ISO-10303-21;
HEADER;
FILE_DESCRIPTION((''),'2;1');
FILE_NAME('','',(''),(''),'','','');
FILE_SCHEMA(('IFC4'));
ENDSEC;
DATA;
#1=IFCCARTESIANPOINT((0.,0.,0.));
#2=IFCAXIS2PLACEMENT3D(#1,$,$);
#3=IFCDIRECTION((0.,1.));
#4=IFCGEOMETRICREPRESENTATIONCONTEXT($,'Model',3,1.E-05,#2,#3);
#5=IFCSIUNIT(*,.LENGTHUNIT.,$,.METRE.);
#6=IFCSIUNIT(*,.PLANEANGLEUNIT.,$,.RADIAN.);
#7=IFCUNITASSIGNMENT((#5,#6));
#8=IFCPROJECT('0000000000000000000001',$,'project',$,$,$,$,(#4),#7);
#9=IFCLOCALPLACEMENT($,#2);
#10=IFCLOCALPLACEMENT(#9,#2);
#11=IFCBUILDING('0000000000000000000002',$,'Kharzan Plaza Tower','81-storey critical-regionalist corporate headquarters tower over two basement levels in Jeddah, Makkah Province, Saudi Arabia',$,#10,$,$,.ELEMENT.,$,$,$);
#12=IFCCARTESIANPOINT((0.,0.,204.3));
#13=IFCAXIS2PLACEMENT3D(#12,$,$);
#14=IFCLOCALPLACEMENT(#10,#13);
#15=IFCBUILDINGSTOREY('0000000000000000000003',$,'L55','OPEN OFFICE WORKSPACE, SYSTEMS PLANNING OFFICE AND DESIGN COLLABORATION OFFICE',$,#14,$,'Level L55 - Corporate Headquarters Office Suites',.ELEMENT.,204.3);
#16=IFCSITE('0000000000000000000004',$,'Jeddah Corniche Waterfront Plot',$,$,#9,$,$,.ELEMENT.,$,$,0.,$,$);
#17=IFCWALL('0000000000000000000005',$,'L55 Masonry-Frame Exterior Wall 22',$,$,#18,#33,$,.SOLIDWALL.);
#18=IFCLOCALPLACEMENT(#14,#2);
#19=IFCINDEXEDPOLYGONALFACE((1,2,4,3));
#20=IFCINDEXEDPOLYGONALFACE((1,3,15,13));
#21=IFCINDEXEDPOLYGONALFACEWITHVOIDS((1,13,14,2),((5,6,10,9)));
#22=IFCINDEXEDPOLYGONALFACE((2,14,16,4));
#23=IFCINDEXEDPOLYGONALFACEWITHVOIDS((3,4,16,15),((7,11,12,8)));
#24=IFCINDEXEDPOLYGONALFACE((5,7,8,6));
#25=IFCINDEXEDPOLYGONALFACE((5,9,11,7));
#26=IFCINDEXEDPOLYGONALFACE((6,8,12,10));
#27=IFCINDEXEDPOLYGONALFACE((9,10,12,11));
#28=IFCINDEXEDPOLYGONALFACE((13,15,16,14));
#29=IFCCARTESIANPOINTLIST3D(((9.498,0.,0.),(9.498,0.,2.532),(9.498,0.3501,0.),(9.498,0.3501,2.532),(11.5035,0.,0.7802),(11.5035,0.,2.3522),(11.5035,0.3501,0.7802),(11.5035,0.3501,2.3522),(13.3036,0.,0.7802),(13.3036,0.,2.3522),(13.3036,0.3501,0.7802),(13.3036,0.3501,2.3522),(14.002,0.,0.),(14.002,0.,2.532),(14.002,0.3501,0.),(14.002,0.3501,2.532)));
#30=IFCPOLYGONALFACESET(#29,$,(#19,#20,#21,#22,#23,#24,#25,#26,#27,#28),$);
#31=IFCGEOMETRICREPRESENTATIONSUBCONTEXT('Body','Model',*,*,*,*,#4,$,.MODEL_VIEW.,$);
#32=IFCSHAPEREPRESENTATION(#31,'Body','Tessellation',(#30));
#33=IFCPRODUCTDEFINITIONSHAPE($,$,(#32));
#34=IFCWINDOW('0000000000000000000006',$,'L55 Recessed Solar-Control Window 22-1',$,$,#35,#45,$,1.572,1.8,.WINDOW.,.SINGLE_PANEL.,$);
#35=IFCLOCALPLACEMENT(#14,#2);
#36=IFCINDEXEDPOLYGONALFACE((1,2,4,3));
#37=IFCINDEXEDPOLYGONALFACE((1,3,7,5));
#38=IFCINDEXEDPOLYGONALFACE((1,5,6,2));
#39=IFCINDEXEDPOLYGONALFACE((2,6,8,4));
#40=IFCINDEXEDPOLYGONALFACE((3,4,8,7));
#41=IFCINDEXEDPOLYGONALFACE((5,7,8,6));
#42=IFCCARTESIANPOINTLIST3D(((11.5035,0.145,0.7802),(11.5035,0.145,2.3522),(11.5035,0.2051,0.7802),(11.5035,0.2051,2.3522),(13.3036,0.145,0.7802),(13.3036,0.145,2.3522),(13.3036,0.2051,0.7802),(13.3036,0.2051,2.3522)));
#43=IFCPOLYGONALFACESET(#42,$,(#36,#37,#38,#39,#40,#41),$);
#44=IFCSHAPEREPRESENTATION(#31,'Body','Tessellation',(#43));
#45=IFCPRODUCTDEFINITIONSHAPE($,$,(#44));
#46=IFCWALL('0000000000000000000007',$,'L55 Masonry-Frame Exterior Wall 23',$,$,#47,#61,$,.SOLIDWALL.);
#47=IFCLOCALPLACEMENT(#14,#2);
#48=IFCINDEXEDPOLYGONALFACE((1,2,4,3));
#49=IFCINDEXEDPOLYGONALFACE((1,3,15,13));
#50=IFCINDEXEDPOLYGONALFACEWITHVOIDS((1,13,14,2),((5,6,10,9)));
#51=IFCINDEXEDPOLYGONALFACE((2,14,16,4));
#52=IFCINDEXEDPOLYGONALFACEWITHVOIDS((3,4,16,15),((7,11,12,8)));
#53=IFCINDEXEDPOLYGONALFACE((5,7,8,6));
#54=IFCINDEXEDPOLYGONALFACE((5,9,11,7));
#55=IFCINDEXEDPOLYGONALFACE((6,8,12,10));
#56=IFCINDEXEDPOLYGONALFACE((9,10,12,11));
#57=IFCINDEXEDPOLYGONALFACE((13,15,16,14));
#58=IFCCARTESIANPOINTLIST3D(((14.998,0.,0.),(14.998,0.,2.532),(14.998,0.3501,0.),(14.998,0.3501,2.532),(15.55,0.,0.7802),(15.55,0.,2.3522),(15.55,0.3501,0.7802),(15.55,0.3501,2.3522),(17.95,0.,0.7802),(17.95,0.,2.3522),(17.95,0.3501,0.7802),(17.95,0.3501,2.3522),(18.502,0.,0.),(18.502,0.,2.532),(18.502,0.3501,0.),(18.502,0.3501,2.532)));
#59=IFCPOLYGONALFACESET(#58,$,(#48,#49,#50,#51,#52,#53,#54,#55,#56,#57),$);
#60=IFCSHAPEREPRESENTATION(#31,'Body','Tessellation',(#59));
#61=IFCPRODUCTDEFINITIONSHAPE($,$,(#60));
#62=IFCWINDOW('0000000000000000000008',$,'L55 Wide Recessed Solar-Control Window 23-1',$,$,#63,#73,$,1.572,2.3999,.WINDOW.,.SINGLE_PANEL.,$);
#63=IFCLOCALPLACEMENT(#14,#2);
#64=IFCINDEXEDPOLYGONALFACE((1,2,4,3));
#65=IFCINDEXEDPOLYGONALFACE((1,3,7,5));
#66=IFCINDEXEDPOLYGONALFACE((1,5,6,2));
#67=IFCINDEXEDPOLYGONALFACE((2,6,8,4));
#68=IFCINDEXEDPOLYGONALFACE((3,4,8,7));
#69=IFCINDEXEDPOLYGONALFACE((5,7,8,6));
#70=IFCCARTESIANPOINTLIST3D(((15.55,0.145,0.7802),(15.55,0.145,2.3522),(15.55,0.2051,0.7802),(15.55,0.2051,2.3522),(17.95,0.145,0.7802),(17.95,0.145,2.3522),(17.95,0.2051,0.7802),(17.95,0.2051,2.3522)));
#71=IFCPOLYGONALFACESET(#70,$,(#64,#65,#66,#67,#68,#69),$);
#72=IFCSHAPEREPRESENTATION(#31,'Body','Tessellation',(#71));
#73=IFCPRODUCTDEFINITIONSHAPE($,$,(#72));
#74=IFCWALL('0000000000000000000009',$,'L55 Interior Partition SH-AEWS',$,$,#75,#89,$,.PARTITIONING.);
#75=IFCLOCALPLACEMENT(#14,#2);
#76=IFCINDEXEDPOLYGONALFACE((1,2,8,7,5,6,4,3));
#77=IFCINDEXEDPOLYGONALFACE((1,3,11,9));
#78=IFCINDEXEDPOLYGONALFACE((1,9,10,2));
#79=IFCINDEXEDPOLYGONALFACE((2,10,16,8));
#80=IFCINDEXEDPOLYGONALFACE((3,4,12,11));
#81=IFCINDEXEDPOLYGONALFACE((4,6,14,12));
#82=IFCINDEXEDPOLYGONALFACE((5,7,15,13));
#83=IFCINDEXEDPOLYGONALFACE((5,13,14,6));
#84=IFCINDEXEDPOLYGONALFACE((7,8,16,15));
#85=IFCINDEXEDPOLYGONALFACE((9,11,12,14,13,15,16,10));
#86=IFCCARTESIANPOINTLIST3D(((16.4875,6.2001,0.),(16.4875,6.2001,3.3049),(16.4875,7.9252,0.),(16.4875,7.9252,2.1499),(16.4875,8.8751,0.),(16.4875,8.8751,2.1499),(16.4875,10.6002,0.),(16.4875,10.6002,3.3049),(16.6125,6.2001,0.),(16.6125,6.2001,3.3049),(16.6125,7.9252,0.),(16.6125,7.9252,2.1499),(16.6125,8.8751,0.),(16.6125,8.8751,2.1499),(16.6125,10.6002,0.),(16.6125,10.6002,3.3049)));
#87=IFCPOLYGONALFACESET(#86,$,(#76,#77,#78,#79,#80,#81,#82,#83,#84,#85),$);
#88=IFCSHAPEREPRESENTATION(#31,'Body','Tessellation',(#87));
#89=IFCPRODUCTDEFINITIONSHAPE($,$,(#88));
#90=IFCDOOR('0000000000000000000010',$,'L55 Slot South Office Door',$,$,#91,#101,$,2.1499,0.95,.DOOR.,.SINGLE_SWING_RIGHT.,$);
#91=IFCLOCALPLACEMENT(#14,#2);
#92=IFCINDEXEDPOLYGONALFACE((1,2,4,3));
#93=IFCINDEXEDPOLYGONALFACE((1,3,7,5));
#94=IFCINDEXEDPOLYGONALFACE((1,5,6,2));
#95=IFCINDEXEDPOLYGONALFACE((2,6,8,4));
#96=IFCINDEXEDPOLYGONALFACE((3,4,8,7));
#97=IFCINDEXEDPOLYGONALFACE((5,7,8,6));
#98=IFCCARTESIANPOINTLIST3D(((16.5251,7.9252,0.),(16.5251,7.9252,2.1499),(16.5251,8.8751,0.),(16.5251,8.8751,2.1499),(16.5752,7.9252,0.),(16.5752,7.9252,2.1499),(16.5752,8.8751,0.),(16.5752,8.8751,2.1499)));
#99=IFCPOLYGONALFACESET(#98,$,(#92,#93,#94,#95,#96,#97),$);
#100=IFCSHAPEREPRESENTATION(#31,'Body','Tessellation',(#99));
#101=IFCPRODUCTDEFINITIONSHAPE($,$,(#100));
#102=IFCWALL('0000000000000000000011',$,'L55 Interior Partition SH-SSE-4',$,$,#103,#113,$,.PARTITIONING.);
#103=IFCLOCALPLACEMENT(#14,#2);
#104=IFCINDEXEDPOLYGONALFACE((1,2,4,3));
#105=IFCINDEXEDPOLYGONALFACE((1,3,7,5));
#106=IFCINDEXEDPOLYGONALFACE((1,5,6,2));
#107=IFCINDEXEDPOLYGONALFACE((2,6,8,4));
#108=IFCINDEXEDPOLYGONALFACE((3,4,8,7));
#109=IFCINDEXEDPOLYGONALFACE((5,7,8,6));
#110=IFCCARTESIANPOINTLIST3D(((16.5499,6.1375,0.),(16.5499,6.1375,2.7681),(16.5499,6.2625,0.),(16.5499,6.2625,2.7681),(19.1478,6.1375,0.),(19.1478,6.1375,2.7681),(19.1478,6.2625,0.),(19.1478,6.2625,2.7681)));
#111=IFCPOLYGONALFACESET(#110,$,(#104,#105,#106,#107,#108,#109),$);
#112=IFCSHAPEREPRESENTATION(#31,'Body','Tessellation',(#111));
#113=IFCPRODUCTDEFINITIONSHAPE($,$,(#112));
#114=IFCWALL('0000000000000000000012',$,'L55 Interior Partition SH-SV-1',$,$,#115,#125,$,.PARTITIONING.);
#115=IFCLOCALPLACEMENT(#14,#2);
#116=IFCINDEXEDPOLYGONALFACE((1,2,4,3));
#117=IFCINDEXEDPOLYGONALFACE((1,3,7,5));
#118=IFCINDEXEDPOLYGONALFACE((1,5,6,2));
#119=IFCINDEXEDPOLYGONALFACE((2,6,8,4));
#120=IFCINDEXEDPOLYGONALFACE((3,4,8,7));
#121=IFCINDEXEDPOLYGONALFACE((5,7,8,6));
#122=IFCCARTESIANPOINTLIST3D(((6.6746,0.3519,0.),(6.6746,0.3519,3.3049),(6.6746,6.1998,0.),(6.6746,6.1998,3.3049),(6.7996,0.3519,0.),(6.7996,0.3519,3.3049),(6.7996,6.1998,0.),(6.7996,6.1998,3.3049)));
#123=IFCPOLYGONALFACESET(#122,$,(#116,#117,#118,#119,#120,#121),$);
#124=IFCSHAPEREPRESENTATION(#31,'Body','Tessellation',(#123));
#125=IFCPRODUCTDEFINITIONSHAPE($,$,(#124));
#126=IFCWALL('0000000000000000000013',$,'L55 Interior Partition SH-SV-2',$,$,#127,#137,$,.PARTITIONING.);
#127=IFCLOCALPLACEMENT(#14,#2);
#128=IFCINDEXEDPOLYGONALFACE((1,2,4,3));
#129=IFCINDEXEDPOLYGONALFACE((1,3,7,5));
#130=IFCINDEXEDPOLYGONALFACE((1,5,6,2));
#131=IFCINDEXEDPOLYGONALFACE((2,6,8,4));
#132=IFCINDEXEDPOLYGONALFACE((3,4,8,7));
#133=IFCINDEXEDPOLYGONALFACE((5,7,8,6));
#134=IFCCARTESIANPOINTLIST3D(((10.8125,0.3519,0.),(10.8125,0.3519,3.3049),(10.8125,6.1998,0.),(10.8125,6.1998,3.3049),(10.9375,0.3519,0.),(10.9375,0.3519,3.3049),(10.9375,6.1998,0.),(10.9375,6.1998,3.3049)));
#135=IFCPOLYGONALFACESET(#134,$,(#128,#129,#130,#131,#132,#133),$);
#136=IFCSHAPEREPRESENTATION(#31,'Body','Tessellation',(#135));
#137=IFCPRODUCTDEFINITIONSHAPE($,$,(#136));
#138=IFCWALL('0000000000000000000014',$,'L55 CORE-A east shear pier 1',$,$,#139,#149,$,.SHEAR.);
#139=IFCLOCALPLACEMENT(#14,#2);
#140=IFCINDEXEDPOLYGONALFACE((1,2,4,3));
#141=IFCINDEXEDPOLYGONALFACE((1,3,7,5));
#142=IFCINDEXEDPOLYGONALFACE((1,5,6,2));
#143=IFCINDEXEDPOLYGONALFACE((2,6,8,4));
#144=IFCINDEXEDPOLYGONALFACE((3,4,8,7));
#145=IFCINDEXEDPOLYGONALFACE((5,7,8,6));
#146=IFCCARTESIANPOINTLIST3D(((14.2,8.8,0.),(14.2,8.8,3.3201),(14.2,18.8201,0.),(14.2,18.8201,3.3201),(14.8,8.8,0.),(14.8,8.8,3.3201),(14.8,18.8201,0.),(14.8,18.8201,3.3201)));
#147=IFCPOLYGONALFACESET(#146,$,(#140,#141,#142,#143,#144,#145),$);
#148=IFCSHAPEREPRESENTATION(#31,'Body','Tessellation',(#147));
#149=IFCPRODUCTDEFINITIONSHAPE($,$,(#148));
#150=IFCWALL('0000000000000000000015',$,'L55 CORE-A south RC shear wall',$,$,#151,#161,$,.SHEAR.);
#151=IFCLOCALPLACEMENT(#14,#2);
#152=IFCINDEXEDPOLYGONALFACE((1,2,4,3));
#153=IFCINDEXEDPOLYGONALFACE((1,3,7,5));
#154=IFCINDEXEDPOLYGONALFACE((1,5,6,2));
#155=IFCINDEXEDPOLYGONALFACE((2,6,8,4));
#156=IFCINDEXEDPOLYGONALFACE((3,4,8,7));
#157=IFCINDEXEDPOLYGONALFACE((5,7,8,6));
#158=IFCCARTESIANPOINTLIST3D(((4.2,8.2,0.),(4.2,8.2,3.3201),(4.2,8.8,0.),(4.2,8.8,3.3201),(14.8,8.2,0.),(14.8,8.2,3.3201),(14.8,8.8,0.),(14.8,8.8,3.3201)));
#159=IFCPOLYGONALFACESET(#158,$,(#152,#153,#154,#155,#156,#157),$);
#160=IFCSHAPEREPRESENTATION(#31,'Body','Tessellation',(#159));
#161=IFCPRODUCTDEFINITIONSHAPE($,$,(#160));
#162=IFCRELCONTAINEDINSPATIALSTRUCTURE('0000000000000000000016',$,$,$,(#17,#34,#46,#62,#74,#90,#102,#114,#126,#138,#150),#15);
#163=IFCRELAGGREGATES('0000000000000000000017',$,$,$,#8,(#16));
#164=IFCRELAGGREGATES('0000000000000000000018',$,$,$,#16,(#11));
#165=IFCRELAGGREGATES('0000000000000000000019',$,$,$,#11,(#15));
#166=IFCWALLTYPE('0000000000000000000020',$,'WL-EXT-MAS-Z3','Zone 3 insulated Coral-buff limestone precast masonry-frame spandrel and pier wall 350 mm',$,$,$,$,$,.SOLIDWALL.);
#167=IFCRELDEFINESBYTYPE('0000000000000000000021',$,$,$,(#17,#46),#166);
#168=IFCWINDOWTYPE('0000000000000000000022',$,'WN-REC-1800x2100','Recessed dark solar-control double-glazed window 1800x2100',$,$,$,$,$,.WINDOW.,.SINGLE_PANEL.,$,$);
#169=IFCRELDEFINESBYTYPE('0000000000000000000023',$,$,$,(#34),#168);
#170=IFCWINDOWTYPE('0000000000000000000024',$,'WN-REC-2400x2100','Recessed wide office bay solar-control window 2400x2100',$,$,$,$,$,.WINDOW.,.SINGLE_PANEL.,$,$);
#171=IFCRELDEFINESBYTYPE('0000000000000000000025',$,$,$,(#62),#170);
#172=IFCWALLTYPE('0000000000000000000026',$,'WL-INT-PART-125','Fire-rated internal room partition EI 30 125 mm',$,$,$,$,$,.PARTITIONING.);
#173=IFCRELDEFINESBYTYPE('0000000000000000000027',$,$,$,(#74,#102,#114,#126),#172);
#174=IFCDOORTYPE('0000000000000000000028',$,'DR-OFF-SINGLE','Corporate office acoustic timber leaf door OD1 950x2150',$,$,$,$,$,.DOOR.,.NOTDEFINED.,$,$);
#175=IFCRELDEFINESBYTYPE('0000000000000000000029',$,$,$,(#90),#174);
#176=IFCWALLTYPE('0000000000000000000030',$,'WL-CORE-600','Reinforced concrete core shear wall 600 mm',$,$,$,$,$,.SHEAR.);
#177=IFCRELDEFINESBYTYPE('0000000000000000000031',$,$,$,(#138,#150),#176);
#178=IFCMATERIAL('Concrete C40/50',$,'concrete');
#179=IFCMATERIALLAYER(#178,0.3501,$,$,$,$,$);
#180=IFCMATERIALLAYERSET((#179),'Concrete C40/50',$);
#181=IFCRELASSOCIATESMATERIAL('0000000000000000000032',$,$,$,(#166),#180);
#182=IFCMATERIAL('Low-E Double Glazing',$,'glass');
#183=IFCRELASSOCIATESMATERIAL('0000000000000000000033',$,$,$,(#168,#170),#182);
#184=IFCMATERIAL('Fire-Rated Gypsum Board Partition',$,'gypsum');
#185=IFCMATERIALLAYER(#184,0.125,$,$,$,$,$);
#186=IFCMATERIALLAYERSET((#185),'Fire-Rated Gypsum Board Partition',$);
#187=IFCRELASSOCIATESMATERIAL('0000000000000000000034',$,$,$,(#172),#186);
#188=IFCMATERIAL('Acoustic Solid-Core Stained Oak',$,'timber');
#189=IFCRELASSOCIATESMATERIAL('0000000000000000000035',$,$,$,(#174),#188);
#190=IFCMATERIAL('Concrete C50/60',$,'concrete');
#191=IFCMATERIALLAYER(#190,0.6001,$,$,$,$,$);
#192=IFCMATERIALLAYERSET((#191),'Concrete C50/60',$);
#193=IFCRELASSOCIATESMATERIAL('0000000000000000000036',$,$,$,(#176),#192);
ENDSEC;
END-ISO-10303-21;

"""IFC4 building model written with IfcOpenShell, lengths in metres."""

from ifc_helpers import new_model, si_unit, direction, frame, frame_2d, origin, place, context, subcontext, project, spatial, rectangle, extrude, source, transform, mapped, material, layer, layer_set, type_object, element, fill, save


model = new_model("IFC4")

# Units and contexts
model_context = context("Model", 3, precision=1e-05, world=origin(), true_north=direction((0.0, 1.0)))
body_context = subcontext(model_context, "Body", "Model", "MODEL_VIEW")
ifc_project = project(units=[si_unit("LENGTHUNIT", "METRE"), si_unit("PLANEANGLEUNIT", "RADIAN")], contexts=[model_context])

# Site, building, storey
site_placement = place(None, origin())
site = spatial("IfcSite", under=ifc_project, at=site_placement, Name="Jeddah Corniche Waterfront Plot", CompositionType="ELEMENT", RefElevation=0.0)
building_placement = place(site_placement, origin())
building = spatial("IfcBuilding", under=site, at=building_placement, Name="Kharzan Plaza Tower", Description="81-storey critical-regionalist corporate headquarters tower over two basement levels in Jeddah, Makkah Province, Saudi Arabia", CompositionType="ELEMENT")
storey_placement = place(building_placement, frame((0.0, 0.0, 204.3)))
storey = spatial("IfcBuildingStorey", under=building, at=storey_placement, Name="L55", Description="OPEN OFFICE WORKSPACE, SYSTEMS PLANNING OFFICE AND DESIGN COLLABORATION OFFICE", LongName="Level L55 - Corporate Headquarters Office Suites", CompositionType="ELEMENT", Elevation=204.3)

# Shared definitions
ifc_material_1 = material(Name="Concrete C50/60", Category="concrete")

# Walls, openings, windows
ifc_material_2 = material(Name="Concrete C40/50", Category="concrete")
ifc_layer_1 = layer(ifc_material_2, 0.3501)
ifc_layer_set_1 = layer_set([ifc_layer_1], Name="Concrete C40/50")
wall_type_1 = type_object("IfcWallType", Name="WL-EXT-MAS-Z3", Description="Zone 3 insulated Coral-buff limestone precast masonry-frame spandrel and pier wall 350 mm", PredefinedType="SOLIDWALL", material=ifc_layer_set_1)
ifc_material_3 = material(Name="Low-E Double Glazing", Category="glass")
window_type_1 = type_object("IfcWindowType", Name="WN-REC-1800x2100", Description="Recessed dark solar-control double-glazed window 1800x2100", PartitioningType="SINGLE_PANEL", PredefinedType="WINDOW", material=ifc_material_3)
shared_shape_1 = source(origin(), body_context, "Body", "SweptSolid", [
    extrude(rectangle(XDim=1.8, YDim=1.572, at=frame_2d((0.8999, 0.7861))), frame((0.0, 0.03, 0.0), z_axis=(0.0, -1.0, 0.0), x_axis=(1.0, 0.0, 0.0)), (0.0, 0.0, 1.0), 0.0601),
])
wall_1_placement = place(storey_placement, frame((9.498, 0.175, 0.0), z_axis=(0.0, 0.0, 1.0), x_axis=(1.0, 0.0, 0.0)))
wall_1 = element("IfcWall", 1, at=wall_1_placement, inside=storey, type_object=wall_type_1, Name="L55 Masonry-Frame Exterior Wall 22", PredefinedType="SOLIDWALL", context=body_context, shape_type="SweptSolid", body=[
    extrude(rectangle(XDim=4.5039, YDim=0.3501, at=frame_2d((2.252, 0.0))), origin(), (0.0, 0.0, 1.0), 2.532),
])
opening_1_placement = place(wall_1_placement, frame((2.0056, 0.0, 0.78)))
opening_1 = element("IfcOpeningElement", 2, at=opening_1_placement, cuts=wall_1, PredefinedType="OPENING", context=body_context, shape_type="SweptSolid", body=[
    extrude(rectangle(XDim=1.8, YDim=1.572, at=frame_2d((0.8999, 0.7861))), frame((0.0, 0.1851, 0.0), z_axis=(0.0, -1.0, 0.0), x_axis=(1.0, 0.0, 0.0)), (0.0, 0.0, 1.0), 0.3701),
])
window_1_placement = place(opening_1_placement, origin())
window_1 = element("IfcWindow", 3, at=window_1_placement, inside=storey, type_object=window_type_1, Name="L55 Recessed Solar-Control Window 22-1", OverallHeight=1.572, OverallWidth=1.8, PartitioningType="SINGLE_PANEL", PredefinedType="WINDOW", context=body_context, shape_type="MappedRepresentation", body=[
    mapped(shared_shape_1, transform((0.0, 0.0, 0.0), x_axis=(1.0, 0.0, 0.0), y_axis=(0.0, 1.0, 0.0), z_axis=(0.0, 0.0, 1.0))),
])
fill(opening_1, window_1)
wall_2_placement = place(storey_placement, frame((14.998, 0.175, 0.0), z_axis=(0.0, 0.0, 1.0), x_axis=(1.0, 0.0, 0.0)))
wall_2 = element("IfcWall", 4, at=wall_2_placement, inside=storey, type_object=wall_type_1, Name="L55 Masonry-Frame Exterior Wall 23", PredefinedType="SOLIDWALL", context=body_context, shape_type="SweptSolid", body=[
    extrude(rectangle(XDim=3.5039, YDim=0.3501, at=frame_2d((1.752, 0.0))), origin(), (0.0, 0.0, 1.0), 2.532),
])
opening_2_placement = place(wall_2_placement, frame((0.552, 0.0, 0.78)))
opening_2 = element("IfcOpeningElement", 5, at=opening_2_placement, cuts=wall_2, PredefinedType="OPENING", context=body_context, shape_type="SweptSolid", body=[
    extrude(rectangle(XDim=2.3999, YDim=1.572, at=frame_2d((1.2, 0.7861))), frame((0.0, 0.1851, 0.0), z_axis=(0.0, -1.0, 0.0), x_axis=(1.0, 0.0, 0.0)), (0.0, 0.0, 1.0), 0.3701),
])
window_type_2 = type_object("IfcWindowType", Name="WN-REC-2400x2100", Description="Recessed wide office bay solar-control window 2400x2100", PartitioningType="SINGLE_PANEL", PredefinedType="WINDOW", material=ifc_material_3)
shared_shape_2 = source(origin(), body_context, "Body", "SweptSolid", [
    extrude(rectangle(XDim=2.3999, YDim=1.572, at=frame_2d((1.2, 0.7861))), frame((0.0, 0.03, 0.0), z_axis=(0.0, -1.0, 0.0), x_axis=(1.0, 0.0, 0.0)), (0.0, 0.0, 1.0), 0.0601),
])
window_2_placement = place(opening_2_placement, origin())
window_2 = element("IfcWindow", 6, at=window_2_placement, inside=storey, type_object=window_type_2, Name="L55 Wide Recessed Solar-Control Window 23-1", OverallHeight=1.572, OverallWidth=2.3999, PartitioningType="SINGLE_PANEL", PredefinedType="WINDOW", context=body_context, shape_type="MappedRepresentation", body=[
    mapped(shared_shape_2, transform((0.0, 0.0, 0.0), x_axis=(1.0, 0.0, 0.0), y_axis=(0.0, 1.0, 0.0), z_axis=(0.0, 0.0, 1.0))),
])
fill(opening_2, window_2)

# Wall, opening, door
ifc_material_4 = material(Name="Fire-Rated Gypsum Board Partition", Category="gypsum")
ifc_layer_2 = layer(ifc_material_4, 0.125)
ifc_layer_set_2 = layer_set([ifc_layer_2], Name="Fire-Rated Gypsum Board Partition")
wall_type_2 = type_object("IfcWallType", Name="WL-INT-PART-125", Description="Fire-rated internal room partition EI 30 125 mm", PredefinedType="PARTITIONING", material=ifc_layer_set_2)
wall_3_placement = place(storey_placement, frame((16.55, 6.2, 0.0), z_axis=(0.0, 0.0, 1.0), x_axis=(0.0, 1.0, 0.0)))
wall_3 = element("IfcWall", 7, at=wall_3_placement, inside=storey, type_object=wall_type_2, Name="L55 Interior Partition SH-AEWS", PredefinedType="PARTITIONING", context=body_context, shape_type="SweptSolid", body=[
    extrude(rectangle(XDim=4.4001, YDim=0.125, at=frame_2d((2.2002, 0.0))), origin(), (0.0, 0.0, 1.0), 3.3049),
])
opening_3_placement = place(wall_3_placement, frame((1.7251, 0.0, 0.0)))
opening_3 = element("IfcOpeningElement", 8, at=opening_3_placement, cuts=wall_3, PredefinedType="OPENING", context=body_context, shape_type="SweptSolid", body=[
    extrude(rectangle(XDim=0.95, YDim=2.1499, at=frame_2d((0.4751, 1.075))), frame((0.0, 0.0725, 0.0), z_axis=(0.0, -1.0, 0.0), x_axis=(1.0, 0.0, 0.0)), (0.0, 0.0, 1.0), 0.145),
])
ifc_material_5 = material(Name="Acoustic Solid-Core Stained Oak", Category="timber")
door_type = type_object("IfcDoorType", Name="DR-OFF-SINGLE", Description="Corporate office acoustic timber leaf door OD1 950x2150", OperationType="NOTDEFINED", PredefinedType="DOOR", material=ifc_material_5)
shared_shape_3 = source(origin(), body_context, "Body", "SweptSolid", [
    extrude(rectangle(XDim=0.95, YDim=2.1499, at=frame_2d((0.4751, 1.075))), frame((0.0, 0.0249, 0.0), z_axis=(0.0, -1.0, 0.0), x_axis=(1.0, 0.0, 0.0)), (0.0, 0.0, 1.0), 0.05),
])
door_1_placement = place(opening_3_placement, origin())
door_1 = element("IfcDoor", 9, at=door_1_placement, inside=storey, type_object=door_type, Name="L55 Slot South Office Door", OperationType="SINGLE_SWING_RIGHT", OverallHeight=2.1499, OverallWidth=0.95, PredefinedType="DOOR", context=body_context, shape_type="MappedRepresentation", body=[
    mapped(shared_shape_3, transform((0.0, 0.0, 0.0), x_axis=(1.0, 0.0, 0.0), y_axis=(0.0, 1.0, 0.0), z_axis=(0.0, 0.0, 1.0))),
])
fill(opening_3, door_1)

# Walls
shared_shape_4 = source(origin(), body_context, "Body", "SweptSolid", [
    extrude(rectangle(XDim=2.5979, YDim=0.125, at=frame_2d((1.2988, 0.0))), origin(), (0.0, 0.0, 1.0), 2.7681),
])
wall_4_placement = place(storey_placement, frame((16.55, 6.2, 0.0), z_axis=(0.0, 0.0, 1.0), x_axis=(1.0, 0.0, 0.0)))
element("IfcWall", 10, at=wall_4_placement, inside=storey, type_object=wall_type_2, Name="L55 Interior Partition SH-SSE-4", PredefinedType="PARTITIONING", context=body_context, shape_type="MappedRepresentation", body=[
    mapped(shared_shape_4, transform((0.0, 0.0, 0.0), x_axis=(1.0, 0.0, 0.0), y_axis=(0.0, 1.0, 0.0), z_axis=(0.0, 0.0, 1.0))),
])
shared_shape_5 = source(origin(), body_context, "Body", "SweptSolid", [
    extrude(rectangle(XDim=5.8479, YDim=0.125, at=frame_2d((2.9238, 0.0))), origin(), (0.0, 0.0, 1.0), 3.3049),
])
for number, where, z_axis, x_axis, name in (
    (11, (6.7371, 0.3521, 0.0), (0.0, 0.0, 1.0), (0.0, 1.0, 0.0), "L55 Interior Partition SH-SV-1"),
    (12, (10.875, 0.3521, 0.0), (0.0, 0.0, 1.0), (0.0, 1.0, 0.0), "L55 Interior Partition SH-SV-2"),
):
    element("IfcWall", number, at=place(storey_placement, frame(where, z_axis=z_axis, x_axis=x_axis)), inside=storey, type_object=wall_type_2, Name=name, PredefinedType="PARTITIONING", context=body_context, shape_type="MappedRepresentation", body=[
        mapped(shared_shape_5, transform((0.0, 0.0, 0.0), x_axis=(1.0, 0.0, 0.0), y_axis=(0.0, 1.0, 0.0), z_axis=(0.0, 0.0, 1.0))),
    ])
ifc_layer_3 = layer(ifc_material_1, 0.6001)
ifc_layer_set_3 = layer_set([ifc_layer_3], Name="Concrete C50/60")
wall_type_3 = type_object("IfcWallType", Name="WL-CORE-600", Description="Reinforced concrete core shear wall 600 mm", PredefinedType="SHEAR", material=ifc_layer_set_3)
shared_shape_6 = source(origin(), body_context, "Body", "SweptSolid", [
    extrude(rectangle(XDim=10.02, YDim=0.6001, at=frame_2d((5.01, 0.0))), origin(), (0.0, 0.0, 1.0), 3.3201),
])
wall_5_placement = place(storey_placement, frame((14.5, 8.8, 0.0), z_axis=(0.0, 0.0, 1.0), x_axis=(0.0, 1.0, 0.0)))
element("IfcWall", 13, at=wall_5_placement, inside=storey, type_object=wall_type_3, Name="L55 CORE-A east shear pier 1", PredefinedType="SHEAR", context=body_context, shape_type="MappedRepresentation", body=[
    mapped(shared_shape_6, transform((0.0, 0.0, 0.0), x_axis=(1.0, 0.0, 0.0), y_axis=(0.0, 1.0, 0.0), z_axis=(0.0, 0.0, 1.0))),
])
shared_shape_7 = source(origin(), body_context, "Body", "SweptSolid", [
    extrude(rectangle(XDim=10.6001, YDim=0.6001, at=frame_2d((5.3, 0.0))), origin(), (0.0, 0.0, 1.0), 3.3201),
])
wall_6_placement = place(storey_placement, frame((4.2, 8.5, 0.0), z_axis=(0.0, 0.0, 1.0), x_axis=(1.0, 0.0, 0.0)))
element("IfcWall", 14, at=wall_6_placement, inside=storey, type_object=wall_type_3, Name="L55 CORE-A south RC shear wall", PredefinedType="SHEAR", context=body_context, shape_type="MappedRepresentation", body=[
    mapped(shared_shape_7, transform((0.0, 0.0, 0.0), x_axis=(1.0, 0.0, 0.0), y_axis=(0.0, 1.0, 0.0), z_axis=(0.0, 0.0, 1.0))),
])

save(model, "model.ifc")
